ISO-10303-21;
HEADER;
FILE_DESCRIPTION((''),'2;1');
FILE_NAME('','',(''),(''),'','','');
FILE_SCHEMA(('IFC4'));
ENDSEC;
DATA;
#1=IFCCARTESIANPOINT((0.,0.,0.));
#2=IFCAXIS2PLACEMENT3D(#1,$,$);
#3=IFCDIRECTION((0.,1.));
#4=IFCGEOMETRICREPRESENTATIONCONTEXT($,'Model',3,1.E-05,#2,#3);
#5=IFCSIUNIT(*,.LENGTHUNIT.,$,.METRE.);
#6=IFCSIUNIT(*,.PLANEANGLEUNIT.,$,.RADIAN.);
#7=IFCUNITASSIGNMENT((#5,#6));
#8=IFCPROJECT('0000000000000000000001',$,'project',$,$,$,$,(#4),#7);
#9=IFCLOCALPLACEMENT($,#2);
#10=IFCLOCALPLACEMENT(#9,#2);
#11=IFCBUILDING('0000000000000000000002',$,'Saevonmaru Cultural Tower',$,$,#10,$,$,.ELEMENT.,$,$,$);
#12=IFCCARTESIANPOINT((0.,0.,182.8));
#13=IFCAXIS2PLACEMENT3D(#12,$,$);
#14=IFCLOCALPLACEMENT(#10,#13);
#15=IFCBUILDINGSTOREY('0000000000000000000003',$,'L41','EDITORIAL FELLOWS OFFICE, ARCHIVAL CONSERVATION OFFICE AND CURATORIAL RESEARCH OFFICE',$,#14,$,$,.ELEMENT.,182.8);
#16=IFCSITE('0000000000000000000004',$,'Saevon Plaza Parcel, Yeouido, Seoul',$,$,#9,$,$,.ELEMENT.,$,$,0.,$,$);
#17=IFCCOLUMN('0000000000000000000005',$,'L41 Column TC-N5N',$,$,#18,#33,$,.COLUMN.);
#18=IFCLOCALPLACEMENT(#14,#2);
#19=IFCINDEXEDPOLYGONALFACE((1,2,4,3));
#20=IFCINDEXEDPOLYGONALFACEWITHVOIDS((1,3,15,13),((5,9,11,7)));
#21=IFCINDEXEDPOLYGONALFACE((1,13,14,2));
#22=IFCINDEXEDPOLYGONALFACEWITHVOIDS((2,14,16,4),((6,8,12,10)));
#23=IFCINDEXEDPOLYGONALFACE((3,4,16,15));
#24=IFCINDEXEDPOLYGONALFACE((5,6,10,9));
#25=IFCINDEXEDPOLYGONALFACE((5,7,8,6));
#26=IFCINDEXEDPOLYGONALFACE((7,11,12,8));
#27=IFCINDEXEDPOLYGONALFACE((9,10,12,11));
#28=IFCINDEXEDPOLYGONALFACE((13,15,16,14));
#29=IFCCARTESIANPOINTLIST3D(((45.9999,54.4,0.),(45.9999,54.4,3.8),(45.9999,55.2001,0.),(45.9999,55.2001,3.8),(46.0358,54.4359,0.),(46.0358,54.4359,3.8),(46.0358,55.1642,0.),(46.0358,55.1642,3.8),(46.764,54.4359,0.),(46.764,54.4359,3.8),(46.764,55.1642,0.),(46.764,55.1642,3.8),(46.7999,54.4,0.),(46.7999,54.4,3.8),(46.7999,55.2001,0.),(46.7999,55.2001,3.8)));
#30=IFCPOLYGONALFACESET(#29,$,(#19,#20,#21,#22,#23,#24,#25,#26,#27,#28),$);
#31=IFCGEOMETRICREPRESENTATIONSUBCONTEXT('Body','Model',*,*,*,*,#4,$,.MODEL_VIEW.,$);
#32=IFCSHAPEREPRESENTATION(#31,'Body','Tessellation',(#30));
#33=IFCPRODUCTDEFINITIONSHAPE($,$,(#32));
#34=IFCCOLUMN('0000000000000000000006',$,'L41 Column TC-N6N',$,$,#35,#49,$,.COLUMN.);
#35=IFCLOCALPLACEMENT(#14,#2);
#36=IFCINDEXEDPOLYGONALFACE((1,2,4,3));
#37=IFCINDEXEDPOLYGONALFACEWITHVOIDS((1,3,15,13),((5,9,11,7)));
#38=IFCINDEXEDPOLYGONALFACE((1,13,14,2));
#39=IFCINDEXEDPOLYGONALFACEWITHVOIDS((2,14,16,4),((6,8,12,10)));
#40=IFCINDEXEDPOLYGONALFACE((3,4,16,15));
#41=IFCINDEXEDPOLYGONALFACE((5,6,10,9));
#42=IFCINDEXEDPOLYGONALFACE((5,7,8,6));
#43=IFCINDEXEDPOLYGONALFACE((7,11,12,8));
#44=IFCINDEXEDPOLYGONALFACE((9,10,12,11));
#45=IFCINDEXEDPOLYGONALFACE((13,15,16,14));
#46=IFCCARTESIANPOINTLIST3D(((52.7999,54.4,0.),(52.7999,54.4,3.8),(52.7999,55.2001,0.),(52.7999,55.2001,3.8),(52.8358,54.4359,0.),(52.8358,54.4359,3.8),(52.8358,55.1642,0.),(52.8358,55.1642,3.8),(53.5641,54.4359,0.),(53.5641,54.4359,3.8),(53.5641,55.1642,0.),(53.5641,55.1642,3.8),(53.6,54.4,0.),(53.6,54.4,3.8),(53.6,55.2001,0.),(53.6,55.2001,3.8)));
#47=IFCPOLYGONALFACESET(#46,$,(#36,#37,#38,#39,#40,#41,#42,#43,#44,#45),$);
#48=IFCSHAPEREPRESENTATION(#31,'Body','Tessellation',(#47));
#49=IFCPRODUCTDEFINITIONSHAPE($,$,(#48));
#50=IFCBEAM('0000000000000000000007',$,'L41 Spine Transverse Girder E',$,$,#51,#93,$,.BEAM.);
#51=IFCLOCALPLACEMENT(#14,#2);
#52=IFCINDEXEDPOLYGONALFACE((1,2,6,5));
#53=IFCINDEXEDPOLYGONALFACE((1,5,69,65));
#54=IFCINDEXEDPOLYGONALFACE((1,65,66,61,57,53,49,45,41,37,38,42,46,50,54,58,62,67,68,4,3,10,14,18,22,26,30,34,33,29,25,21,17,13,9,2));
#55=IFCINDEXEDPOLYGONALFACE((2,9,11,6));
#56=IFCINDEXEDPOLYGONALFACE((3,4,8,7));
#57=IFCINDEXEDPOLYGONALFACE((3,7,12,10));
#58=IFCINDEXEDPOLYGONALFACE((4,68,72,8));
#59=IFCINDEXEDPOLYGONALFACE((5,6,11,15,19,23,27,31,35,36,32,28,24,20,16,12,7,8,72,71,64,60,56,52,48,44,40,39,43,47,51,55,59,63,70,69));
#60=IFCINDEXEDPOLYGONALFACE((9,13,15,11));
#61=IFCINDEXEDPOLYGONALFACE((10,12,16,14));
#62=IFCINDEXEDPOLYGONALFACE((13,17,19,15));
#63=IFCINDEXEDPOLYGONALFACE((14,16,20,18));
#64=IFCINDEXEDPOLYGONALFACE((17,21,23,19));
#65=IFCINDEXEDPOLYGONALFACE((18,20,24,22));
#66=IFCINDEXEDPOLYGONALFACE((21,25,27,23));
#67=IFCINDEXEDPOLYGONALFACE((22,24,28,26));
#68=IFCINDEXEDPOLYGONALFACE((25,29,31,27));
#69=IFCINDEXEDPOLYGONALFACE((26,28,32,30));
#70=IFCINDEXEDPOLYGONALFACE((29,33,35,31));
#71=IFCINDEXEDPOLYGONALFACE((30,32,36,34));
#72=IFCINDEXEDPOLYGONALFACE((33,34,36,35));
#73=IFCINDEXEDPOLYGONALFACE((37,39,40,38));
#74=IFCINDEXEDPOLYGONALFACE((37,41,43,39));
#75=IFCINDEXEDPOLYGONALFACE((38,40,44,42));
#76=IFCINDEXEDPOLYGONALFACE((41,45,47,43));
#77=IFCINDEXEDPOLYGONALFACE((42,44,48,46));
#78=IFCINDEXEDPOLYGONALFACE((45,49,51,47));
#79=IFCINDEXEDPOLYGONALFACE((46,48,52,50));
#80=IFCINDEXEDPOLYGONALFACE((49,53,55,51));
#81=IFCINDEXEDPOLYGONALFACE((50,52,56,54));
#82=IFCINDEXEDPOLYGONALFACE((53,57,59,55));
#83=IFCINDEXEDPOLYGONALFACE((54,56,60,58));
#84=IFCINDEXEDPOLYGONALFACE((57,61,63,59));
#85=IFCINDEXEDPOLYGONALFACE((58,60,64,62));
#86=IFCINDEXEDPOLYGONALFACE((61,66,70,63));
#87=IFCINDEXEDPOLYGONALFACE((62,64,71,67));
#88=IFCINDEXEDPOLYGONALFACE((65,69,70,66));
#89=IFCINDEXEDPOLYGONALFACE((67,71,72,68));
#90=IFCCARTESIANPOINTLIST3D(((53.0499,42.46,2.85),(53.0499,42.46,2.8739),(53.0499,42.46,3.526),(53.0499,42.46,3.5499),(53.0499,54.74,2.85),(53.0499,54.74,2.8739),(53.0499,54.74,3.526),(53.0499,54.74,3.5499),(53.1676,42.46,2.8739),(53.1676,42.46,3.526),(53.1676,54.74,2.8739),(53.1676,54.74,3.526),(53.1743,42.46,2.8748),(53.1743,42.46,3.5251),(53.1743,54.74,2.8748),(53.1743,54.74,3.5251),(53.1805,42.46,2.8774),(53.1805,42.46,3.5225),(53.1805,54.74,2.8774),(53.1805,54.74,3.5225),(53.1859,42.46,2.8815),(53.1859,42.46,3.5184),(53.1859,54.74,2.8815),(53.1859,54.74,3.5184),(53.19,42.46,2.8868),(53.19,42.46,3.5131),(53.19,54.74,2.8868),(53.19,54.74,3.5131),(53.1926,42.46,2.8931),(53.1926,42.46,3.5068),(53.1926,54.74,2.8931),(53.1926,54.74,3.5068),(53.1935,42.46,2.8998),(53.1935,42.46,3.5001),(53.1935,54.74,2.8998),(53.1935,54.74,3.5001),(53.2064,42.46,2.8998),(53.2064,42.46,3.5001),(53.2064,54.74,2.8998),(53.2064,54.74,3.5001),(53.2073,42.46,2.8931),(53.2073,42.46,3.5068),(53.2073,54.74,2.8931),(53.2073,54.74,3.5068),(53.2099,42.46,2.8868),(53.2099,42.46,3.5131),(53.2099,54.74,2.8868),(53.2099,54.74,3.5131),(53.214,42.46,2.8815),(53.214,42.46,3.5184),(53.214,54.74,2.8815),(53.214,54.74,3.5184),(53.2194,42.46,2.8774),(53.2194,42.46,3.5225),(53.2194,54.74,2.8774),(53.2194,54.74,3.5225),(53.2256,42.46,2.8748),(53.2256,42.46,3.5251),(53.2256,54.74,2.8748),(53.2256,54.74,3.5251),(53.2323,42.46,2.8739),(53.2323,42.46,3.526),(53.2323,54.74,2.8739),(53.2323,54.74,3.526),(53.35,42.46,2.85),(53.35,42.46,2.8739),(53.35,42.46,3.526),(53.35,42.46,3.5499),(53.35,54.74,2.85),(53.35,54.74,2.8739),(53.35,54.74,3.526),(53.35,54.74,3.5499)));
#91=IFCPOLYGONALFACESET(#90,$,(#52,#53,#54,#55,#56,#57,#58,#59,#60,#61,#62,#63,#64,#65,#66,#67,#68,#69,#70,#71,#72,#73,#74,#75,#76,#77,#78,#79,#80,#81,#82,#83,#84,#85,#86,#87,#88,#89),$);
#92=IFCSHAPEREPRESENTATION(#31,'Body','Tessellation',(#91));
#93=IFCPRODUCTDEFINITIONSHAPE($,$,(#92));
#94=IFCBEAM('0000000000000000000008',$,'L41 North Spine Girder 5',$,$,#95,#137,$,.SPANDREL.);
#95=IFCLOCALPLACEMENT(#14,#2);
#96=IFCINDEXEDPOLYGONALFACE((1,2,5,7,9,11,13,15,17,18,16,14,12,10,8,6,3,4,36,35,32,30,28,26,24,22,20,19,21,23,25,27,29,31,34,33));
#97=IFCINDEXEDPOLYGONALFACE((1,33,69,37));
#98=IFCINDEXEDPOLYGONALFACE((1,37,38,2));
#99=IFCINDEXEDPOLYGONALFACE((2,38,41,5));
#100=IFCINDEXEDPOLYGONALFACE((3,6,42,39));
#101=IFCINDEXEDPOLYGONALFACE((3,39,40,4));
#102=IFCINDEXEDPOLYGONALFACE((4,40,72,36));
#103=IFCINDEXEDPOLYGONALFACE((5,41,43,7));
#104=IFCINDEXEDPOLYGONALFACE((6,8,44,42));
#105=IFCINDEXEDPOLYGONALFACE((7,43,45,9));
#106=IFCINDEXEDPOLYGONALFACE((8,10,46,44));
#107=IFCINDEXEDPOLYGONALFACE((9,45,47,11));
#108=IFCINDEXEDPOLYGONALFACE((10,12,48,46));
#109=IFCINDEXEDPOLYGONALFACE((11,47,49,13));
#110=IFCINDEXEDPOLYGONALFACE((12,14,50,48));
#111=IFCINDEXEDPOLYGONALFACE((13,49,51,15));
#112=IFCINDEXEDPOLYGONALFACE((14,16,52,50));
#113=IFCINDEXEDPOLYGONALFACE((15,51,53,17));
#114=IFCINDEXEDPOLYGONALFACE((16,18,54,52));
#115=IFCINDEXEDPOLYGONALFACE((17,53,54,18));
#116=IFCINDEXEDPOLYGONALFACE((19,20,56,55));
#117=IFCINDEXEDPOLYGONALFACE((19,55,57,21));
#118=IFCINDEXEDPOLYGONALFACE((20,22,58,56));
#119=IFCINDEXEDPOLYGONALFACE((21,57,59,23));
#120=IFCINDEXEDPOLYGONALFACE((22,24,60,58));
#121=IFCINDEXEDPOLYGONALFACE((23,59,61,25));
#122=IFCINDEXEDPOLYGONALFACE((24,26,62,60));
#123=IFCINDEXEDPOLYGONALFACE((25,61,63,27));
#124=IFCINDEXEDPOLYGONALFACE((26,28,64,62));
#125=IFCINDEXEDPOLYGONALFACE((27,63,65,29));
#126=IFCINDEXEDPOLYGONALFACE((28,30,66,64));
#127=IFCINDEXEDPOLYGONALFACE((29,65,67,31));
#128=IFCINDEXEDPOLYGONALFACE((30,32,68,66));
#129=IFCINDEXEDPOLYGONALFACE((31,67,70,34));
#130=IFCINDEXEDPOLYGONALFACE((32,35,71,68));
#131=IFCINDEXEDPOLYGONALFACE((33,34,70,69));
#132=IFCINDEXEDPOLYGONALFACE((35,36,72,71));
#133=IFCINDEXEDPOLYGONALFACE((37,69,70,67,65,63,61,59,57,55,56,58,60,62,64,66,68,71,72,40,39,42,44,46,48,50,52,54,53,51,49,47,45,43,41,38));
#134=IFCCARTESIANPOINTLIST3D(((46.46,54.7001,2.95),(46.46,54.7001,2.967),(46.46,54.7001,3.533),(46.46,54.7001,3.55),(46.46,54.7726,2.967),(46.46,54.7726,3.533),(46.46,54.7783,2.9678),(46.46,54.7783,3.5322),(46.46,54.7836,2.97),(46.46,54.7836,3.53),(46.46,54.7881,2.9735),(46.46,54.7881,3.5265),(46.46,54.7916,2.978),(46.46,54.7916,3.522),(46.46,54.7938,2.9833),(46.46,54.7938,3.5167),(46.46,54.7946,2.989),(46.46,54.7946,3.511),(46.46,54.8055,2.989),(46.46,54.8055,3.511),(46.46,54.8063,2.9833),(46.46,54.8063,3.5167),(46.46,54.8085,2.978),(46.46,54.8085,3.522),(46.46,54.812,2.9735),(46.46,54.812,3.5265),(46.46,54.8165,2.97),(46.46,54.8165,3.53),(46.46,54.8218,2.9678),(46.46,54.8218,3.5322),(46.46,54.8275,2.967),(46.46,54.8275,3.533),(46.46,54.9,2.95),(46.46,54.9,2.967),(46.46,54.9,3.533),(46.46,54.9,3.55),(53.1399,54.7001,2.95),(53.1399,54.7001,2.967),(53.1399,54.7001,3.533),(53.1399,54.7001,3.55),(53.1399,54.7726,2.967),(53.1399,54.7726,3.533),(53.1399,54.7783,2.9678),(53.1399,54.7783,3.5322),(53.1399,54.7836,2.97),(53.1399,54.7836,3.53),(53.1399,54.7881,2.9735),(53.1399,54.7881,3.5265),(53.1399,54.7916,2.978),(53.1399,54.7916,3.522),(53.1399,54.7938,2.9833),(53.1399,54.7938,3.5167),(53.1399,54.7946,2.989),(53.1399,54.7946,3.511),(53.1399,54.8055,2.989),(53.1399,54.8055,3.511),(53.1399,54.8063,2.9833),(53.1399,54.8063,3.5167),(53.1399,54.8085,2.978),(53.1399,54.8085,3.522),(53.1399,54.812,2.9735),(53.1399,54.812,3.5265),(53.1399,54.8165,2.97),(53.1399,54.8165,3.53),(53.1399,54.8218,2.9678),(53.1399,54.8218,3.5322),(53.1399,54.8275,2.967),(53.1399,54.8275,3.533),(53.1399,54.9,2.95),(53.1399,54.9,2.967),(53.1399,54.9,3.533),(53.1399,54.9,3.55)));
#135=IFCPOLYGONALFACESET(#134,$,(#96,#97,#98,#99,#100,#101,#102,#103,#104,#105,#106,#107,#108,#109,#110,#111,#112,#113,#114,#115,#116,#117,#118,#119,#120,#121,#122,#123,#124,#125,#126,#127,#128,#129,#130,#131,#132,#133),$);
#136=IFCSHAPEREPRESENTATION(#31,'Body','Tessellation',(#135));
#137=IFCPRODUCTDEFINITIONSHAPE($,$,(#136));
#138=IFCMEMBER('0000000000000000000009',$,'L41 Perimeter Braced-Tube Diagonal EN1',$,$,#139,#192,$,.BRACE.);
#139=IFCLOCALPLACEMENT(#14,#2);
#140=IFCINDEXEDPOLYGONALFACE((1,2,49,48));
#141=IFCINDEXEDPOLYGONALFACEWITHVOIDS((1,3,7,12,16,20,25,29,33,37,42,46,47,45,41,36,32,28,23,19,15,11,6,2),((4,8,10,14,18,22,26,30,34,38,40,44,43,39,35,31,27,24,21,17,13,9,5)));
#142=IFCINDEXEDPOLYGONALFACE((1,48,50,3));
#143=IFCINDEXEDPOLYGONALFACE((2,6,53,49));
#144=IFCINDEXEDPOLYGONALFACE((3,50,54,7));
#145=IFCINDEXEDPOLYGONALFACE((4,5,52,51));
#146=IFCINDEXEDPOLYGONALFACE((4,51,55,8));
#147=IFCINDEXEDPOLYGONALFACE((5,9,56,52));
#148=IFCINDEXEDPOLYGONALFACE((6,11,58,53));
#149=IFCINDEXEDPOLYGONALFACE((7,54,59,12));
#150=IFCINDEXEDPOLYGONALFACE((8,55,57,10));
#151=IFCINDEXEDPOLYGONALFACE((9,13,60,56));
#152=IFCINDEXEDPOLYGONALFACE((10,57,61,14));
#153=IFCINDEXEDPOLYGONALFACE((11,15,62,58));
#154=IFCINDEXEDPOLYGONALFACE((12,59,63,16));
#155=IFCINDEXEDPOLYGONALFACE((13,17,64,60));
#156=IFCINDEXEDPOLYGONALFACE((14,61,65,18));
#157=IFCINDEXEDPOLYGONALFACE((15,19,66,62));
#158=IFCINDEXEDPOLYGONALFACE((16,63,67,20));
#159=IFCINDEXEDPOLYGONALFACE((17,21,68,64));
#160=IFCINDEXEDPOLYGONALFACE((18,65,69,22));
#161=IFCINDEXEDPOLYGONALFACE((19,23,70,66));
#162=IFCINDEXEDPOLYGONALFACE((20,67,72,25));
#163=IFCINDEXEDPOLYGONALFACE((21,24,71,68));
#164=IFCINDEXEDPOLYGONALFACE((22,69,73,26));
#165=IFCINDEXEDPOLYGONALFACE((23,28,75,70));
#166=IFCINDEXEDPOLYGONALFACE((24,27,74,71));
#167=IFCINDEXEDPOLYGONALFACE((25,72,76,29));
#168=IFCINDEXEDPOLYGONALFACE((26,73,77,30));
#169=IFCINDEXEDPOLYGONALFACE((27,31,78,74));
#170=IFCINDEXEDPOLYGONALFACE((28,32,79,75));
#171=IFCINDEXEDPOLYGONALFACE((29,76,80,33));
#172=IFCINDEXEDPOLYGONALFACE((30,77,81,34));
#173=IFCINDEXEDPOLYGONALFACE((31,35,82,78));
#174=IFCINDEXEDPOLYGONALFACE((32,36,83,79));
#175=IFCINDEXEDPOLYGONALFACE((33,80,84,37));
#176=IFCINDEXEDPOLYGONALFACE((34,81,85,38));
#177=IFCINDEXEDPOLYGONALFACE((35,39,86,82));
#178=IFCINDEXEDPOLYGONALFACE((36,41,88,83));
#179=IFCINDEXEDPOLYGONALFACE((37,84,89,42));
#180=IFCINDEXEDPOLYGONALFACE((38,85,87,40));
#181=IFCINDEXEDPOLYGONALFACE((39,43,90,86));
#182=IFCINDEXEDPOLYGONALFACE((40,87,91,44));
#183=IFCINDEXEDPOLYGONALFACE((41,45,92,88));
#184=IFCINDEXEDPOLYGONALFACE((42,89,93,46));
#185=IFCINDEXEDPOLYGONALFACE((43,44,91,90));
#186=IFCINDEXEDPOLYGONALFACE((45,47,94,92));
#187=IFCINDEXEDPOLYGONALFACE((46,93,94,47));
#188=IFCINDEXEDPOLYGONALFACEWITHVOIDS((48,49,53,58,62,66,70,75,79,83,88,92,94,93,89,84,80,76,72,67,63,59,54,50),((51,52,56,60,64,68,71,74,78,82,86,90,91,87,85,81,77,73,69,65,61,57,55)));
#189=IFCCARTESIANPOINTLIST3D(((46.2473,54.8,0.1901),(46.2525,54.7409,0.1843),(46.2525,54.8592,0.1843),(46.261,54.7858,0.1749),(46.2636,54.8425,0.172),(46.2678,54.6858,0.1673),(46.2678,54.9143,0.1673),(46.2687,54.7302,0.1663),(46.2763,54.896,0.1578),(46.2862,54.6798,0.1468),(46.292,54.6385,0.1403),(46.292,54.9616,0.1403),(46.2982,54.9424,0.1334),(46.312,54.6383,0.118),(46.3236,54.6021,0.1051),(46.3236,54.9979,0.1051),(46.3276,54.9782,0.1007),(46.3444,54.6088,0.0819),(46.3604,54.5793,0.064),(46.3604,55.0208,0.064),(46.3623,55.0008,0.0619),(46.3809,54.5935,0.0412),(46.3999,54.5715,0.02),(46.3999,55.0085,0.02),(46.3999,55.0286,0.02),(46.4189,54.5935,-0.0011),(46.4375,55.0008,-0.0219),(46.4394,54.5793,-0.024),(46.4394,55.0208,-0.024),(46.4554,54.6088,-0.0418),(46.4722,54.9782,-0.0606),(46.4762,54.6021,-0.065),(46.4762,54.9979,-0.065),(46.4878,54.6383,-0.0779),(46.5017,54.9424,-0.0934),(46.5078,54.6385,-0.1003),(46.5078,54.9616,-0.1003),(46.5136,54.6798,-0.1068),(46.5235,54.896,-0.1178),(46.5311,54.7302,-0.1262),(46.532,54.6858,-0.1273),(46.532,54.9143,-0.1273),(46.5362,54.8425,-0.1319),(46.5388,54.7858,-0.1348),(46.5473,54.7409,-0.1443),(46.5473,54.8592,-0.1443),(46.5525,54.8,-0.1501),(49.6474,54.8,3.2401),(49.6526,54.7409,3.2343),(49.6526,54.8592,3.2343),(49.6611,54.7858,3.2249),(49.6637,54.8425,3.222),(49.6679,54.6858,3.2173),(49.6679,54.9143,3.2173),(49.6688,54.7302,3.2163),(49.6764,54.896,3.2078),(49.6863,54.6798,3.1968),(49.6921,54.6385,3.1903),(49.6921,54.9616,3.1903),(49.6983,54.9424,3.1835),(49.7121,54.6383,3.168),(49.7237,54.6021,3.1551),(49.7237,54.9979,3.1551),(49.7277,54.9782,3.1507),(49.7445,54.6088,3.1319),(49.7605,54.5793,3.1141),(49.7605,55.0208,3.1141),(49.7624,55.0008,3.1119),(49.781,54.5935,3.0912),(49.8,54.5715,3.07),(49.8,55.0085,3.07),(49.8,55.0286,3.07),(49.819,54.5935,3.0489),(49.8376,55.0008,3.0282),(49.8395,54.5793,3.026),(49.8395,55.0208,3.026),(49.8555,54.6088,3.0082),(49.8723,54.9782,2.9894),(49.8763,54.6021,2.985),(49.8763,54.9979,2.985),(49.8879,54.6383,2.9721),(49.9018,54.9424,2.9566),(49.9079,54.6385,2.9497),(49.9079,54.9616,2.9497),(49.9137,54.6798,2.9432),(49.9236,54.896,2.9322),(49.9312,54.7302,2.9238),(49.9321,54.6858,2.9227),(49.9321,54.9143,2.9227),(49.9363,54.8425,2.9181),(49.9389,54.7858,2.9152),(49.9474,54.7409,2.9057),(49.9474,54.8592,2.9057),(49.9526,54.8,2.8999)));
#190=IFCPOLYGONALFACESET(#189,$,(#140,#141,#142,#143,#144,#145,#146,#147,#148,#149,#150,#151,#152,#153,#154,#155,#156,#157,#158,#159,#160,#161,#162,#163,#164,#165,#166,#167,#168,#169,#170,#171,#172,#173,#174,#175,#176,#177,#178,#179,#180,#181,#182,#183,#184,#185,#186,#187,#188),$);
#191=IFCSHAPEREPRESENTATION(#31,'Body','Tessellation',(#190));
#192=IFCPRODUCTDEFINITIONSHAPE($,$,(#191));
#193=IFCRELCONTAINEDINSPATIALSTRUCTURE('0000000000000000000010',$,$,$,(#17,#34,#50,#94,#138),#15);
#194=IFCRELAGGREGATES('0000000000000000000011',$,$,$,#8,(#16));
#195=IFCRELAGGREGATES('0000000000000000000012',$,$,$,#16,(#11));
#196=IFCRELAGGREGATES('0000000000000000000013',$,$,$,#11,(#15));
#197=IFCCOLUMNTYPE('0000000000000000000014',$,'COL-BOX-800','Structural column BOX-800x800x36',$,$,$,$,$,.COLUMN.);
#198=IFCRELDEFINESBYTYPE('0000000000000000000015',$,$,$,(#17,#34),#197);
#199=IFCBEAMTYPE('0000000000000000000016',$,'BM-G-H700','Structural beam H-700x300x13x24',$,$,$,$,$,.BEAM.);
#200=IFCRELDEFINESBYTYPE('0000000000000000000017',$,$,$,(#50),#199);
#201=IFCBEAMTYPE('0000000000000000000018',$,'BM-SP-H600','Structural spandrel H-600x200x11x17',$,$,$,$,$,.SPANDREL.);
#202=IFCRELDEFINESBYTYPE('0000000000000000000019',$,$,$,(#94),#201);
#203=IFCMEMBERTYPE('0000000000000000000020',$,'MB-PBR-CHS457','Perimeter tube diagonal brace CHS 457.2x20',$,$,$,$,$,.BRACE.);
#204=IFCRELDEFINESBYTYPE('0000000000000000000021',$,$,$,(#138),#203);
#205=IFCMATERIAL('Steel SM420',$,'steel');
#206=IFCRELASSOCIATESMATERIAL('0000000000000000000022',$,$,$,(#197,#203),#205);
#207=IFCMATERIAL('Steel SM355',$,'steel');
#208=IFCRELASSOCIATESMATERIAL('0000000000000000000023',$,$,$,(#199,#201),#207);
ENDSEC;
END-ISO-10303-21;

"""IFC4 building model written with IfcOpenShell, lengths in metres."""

from ifc_helpers import new_model, si_unit, direction, frame, origin, origin_2d, place, context, subcontext, project, spatial, hollow_rectangle, hollow_circle, i_section, extrude, material, material_profile, profile_set, type_object, element, save


model = new_model("IFC4")

# Units and contexts
model_context = context("Model", 3, precision=1e-05, world=origin(), true_north=direction((0.0, 1.0)))
body_context = subcontext(model_context, "Body", "Model", "MODEL_VIEW")
ifc_project = project(units=[si_unit("LENGTHUNIT", "METRE"), si_unit("PLANEANGLEUNIT", "RADIAN")], contexts=[model_context])

# Site, building, storey
site_placement = place(None, origin())
site = spatial("IfcSite", under=ifc_project, at=site_placement, Name="Saevon Plaza Parcel, Yeouido, Seoul", CompositionType="ELEMENT", RefElevation=0.0)
building_placement = place(site_placement, origin())
building = spatial("IfcBuilding", under=site, at=building_placement, Name="Saevonmaru Cultural Tower", CompositionType="ELEMENT")
storey_placement = place(building_placement, frame((0.0, 0.0, 182.8)))
storey = spatial("IfcBuildingStorey", under=building, at=storey_placement, Name="L41", Description="EDITORIAL FELLOWS OFFICE, ARCHIVAL CONSERVATION OFFICE AND CURATORIAL RESEARCH OFFICE", CompositionType="ELEMENT", Elevation=182.8)

# Columns
ifc_material_1 = material(Name="Steel SM420", Category="steel")
ifc_material_profile_1 = material_profile(ifc_material_1, hollow_rectangle(XDim=0.8, YDim=0.8, WallThickness=0.0359, at=origin_2d()), Name="BOX-800x800x36")
ifc_profile_set_1 = profile_set([ifc_material_profile_1], Name="Steel SM420")
column_type = type_object("IfcColumnType", Name="COL-BOX-800", Description="Structural column BOX-800x800x36", PredefinedType="COLUMN", material=ifc_profile_set_1)
for number, where, z_axis, x_axis, name in (
    (1, (46.3999, 54.8, 0.0), (0.0, 0.0, 1.0), (1.0, 0.0, 0.0), "L41 Column TC-N5N"),
    (2, (53.2, 54.8, 0.0), (0.0, 0.0, 1.0), (1.0, 0.0, 0.0), "L41 Column TC-N6N"),
):
    element("IfcColumn", number, at=place(storey_placement, frame(where, z_axis=z_axis, x_axis=x_axis)), inside=storey, type_object=column_type, Name=name, PredefinedType="COLUMN", context=body_context, shape_type="SweptSolid", body=[
        extrude(hollow_rectangle(XDim=0.8, YDim=0.8, WallThickness=0.0359, at=origin_2d()), origin(), (0.0, 0.0, 1.0), 3.8),
    ])

# Beams
ifc_material_2 = material(Name="Steel SM355", Category="steel")
ifc_material_profile_2 = material_profile(ifc_material_2, i_section(OverallWidth=0.3, OverallDepth=0.7, WebThickness=0.0129, FlangeThickness=0.0239, FilletRadius=0.0259, at=origin_2d()), Name="H-700x300x13x24")
ifc_profile_set_2 = profile_set([ifc_material_profile_2], Name="Steel SM355")
beam_type_1 = type_object("IfcBeamType", Name="BM-G-H700", Description="Structural beam H-700x300x13x24", PredefinedType="BEAM", material=ifc_profile_set_2)
beam_1_placement = place(storey_placement, frame((53.2, 54.74, 3.2), z_axis=(0.0, -1.0, 0.0), x_axis=(1.0, 0.0, 0.0)))
element("IfcBeam", 3, at=beam_1_placement, inside=storey, type_object=beam_type_1, Name="L41 Spine Transverse Girder E", PredefinedType="BEAM", context=body_context, shape_type="SweptSolid", body=[
    extrude(i_section(OverallWidth=0.3, OverallDepth=0.7, WebThickness=0.0129, FlangeThickness=0.0239, FilletRadius=0.0259, at=origin_2d()), origin(), (0.0, 0.0, 1.0), 12.28),
])
ifc_material_profile_3 = material_profile(ifc_material_2, i_section(OverallWidth=0.2, OverallDepth=0.6001, WebThickness=0.011, FlangeThickness=0.0171, FilletRadius=0.022, at=origin_2d()), Name="H-600x200x11x17")
ifc_profile_set_3 = profile_set([ifc_material_profile_3], Name="Steel SM355")
beam_type_2 = type_object("IfcBeamType", Name="BM-SP-H600", Description="Structural spandrel H-600x200x11x17", PredefinedType="SPANDREL", material=ifc_profile_set_3)
beam_2_placement = place(storey_placement, frame((46.46, 54.8, 3.25), z_axis=(1.0, 0.0, 0.0), x_axis=(0.0, 1.0, 0.0)))
element("IfcBeam", 4, at=beam_2_placement, inside=storey, type_object=beam_type_2, Name="L41 North Spine Girder 5", PredefinedType="SPANDREL", context=body_context, shape_type="SweptSolid", body=[
    extrude(i_section(OverallWidth=0.2, OverallDepth=0.6001, WebThickness=0.011, FlangeThickness=0.0171, FilletRadius=0.022, at=origin_2d()), origin(), (0.0, 0.0, 1.0), 6.6799),
])

# Member
ifc_material_profile_4 = material_profile(ifc_material_1, hollow_circle(Radius=0.2285, WallThickness=0.02, at=origin_2d()), Name="CHS-457.2x20")
ifc_profile_set_4 = profile_set([ifc_material_profile_4], Name="Steel SM420")
member_type_1 = type_object("IfcMemberType", Name="MB-PBR-CHS457", Description="Perimeter tube diagonal brace CHS 457.2x20", PredefinedType="BRACE", material=ifc_profile_set_4)
for number, where, z_axis, x_axis, name in (
    (5, (46.3999, 54.8, 0.02), (0.744391, 0.0, 0.667744), (0.0, 1.0, 0.0), "L41 Perimeter Braced-Tube Diagonal EN1"),
):
    element("IfcMember", number, at=place(storey_placement, frame(where, z_axis=z_axis, x_axis=x_axis)), inside=storey, type_object=member_type_1, Name=name, PredefinedType="BRACE", context=body_context, shape_type="SweptSolid", body=[
        extrude(hollow_circle(Radius=0.2285, WallThickness=0.02, at=origin_2d()), origin(), (0.0, 0.0, 1.0), 4.5676),
    ])

save(model, "model.ifc")
